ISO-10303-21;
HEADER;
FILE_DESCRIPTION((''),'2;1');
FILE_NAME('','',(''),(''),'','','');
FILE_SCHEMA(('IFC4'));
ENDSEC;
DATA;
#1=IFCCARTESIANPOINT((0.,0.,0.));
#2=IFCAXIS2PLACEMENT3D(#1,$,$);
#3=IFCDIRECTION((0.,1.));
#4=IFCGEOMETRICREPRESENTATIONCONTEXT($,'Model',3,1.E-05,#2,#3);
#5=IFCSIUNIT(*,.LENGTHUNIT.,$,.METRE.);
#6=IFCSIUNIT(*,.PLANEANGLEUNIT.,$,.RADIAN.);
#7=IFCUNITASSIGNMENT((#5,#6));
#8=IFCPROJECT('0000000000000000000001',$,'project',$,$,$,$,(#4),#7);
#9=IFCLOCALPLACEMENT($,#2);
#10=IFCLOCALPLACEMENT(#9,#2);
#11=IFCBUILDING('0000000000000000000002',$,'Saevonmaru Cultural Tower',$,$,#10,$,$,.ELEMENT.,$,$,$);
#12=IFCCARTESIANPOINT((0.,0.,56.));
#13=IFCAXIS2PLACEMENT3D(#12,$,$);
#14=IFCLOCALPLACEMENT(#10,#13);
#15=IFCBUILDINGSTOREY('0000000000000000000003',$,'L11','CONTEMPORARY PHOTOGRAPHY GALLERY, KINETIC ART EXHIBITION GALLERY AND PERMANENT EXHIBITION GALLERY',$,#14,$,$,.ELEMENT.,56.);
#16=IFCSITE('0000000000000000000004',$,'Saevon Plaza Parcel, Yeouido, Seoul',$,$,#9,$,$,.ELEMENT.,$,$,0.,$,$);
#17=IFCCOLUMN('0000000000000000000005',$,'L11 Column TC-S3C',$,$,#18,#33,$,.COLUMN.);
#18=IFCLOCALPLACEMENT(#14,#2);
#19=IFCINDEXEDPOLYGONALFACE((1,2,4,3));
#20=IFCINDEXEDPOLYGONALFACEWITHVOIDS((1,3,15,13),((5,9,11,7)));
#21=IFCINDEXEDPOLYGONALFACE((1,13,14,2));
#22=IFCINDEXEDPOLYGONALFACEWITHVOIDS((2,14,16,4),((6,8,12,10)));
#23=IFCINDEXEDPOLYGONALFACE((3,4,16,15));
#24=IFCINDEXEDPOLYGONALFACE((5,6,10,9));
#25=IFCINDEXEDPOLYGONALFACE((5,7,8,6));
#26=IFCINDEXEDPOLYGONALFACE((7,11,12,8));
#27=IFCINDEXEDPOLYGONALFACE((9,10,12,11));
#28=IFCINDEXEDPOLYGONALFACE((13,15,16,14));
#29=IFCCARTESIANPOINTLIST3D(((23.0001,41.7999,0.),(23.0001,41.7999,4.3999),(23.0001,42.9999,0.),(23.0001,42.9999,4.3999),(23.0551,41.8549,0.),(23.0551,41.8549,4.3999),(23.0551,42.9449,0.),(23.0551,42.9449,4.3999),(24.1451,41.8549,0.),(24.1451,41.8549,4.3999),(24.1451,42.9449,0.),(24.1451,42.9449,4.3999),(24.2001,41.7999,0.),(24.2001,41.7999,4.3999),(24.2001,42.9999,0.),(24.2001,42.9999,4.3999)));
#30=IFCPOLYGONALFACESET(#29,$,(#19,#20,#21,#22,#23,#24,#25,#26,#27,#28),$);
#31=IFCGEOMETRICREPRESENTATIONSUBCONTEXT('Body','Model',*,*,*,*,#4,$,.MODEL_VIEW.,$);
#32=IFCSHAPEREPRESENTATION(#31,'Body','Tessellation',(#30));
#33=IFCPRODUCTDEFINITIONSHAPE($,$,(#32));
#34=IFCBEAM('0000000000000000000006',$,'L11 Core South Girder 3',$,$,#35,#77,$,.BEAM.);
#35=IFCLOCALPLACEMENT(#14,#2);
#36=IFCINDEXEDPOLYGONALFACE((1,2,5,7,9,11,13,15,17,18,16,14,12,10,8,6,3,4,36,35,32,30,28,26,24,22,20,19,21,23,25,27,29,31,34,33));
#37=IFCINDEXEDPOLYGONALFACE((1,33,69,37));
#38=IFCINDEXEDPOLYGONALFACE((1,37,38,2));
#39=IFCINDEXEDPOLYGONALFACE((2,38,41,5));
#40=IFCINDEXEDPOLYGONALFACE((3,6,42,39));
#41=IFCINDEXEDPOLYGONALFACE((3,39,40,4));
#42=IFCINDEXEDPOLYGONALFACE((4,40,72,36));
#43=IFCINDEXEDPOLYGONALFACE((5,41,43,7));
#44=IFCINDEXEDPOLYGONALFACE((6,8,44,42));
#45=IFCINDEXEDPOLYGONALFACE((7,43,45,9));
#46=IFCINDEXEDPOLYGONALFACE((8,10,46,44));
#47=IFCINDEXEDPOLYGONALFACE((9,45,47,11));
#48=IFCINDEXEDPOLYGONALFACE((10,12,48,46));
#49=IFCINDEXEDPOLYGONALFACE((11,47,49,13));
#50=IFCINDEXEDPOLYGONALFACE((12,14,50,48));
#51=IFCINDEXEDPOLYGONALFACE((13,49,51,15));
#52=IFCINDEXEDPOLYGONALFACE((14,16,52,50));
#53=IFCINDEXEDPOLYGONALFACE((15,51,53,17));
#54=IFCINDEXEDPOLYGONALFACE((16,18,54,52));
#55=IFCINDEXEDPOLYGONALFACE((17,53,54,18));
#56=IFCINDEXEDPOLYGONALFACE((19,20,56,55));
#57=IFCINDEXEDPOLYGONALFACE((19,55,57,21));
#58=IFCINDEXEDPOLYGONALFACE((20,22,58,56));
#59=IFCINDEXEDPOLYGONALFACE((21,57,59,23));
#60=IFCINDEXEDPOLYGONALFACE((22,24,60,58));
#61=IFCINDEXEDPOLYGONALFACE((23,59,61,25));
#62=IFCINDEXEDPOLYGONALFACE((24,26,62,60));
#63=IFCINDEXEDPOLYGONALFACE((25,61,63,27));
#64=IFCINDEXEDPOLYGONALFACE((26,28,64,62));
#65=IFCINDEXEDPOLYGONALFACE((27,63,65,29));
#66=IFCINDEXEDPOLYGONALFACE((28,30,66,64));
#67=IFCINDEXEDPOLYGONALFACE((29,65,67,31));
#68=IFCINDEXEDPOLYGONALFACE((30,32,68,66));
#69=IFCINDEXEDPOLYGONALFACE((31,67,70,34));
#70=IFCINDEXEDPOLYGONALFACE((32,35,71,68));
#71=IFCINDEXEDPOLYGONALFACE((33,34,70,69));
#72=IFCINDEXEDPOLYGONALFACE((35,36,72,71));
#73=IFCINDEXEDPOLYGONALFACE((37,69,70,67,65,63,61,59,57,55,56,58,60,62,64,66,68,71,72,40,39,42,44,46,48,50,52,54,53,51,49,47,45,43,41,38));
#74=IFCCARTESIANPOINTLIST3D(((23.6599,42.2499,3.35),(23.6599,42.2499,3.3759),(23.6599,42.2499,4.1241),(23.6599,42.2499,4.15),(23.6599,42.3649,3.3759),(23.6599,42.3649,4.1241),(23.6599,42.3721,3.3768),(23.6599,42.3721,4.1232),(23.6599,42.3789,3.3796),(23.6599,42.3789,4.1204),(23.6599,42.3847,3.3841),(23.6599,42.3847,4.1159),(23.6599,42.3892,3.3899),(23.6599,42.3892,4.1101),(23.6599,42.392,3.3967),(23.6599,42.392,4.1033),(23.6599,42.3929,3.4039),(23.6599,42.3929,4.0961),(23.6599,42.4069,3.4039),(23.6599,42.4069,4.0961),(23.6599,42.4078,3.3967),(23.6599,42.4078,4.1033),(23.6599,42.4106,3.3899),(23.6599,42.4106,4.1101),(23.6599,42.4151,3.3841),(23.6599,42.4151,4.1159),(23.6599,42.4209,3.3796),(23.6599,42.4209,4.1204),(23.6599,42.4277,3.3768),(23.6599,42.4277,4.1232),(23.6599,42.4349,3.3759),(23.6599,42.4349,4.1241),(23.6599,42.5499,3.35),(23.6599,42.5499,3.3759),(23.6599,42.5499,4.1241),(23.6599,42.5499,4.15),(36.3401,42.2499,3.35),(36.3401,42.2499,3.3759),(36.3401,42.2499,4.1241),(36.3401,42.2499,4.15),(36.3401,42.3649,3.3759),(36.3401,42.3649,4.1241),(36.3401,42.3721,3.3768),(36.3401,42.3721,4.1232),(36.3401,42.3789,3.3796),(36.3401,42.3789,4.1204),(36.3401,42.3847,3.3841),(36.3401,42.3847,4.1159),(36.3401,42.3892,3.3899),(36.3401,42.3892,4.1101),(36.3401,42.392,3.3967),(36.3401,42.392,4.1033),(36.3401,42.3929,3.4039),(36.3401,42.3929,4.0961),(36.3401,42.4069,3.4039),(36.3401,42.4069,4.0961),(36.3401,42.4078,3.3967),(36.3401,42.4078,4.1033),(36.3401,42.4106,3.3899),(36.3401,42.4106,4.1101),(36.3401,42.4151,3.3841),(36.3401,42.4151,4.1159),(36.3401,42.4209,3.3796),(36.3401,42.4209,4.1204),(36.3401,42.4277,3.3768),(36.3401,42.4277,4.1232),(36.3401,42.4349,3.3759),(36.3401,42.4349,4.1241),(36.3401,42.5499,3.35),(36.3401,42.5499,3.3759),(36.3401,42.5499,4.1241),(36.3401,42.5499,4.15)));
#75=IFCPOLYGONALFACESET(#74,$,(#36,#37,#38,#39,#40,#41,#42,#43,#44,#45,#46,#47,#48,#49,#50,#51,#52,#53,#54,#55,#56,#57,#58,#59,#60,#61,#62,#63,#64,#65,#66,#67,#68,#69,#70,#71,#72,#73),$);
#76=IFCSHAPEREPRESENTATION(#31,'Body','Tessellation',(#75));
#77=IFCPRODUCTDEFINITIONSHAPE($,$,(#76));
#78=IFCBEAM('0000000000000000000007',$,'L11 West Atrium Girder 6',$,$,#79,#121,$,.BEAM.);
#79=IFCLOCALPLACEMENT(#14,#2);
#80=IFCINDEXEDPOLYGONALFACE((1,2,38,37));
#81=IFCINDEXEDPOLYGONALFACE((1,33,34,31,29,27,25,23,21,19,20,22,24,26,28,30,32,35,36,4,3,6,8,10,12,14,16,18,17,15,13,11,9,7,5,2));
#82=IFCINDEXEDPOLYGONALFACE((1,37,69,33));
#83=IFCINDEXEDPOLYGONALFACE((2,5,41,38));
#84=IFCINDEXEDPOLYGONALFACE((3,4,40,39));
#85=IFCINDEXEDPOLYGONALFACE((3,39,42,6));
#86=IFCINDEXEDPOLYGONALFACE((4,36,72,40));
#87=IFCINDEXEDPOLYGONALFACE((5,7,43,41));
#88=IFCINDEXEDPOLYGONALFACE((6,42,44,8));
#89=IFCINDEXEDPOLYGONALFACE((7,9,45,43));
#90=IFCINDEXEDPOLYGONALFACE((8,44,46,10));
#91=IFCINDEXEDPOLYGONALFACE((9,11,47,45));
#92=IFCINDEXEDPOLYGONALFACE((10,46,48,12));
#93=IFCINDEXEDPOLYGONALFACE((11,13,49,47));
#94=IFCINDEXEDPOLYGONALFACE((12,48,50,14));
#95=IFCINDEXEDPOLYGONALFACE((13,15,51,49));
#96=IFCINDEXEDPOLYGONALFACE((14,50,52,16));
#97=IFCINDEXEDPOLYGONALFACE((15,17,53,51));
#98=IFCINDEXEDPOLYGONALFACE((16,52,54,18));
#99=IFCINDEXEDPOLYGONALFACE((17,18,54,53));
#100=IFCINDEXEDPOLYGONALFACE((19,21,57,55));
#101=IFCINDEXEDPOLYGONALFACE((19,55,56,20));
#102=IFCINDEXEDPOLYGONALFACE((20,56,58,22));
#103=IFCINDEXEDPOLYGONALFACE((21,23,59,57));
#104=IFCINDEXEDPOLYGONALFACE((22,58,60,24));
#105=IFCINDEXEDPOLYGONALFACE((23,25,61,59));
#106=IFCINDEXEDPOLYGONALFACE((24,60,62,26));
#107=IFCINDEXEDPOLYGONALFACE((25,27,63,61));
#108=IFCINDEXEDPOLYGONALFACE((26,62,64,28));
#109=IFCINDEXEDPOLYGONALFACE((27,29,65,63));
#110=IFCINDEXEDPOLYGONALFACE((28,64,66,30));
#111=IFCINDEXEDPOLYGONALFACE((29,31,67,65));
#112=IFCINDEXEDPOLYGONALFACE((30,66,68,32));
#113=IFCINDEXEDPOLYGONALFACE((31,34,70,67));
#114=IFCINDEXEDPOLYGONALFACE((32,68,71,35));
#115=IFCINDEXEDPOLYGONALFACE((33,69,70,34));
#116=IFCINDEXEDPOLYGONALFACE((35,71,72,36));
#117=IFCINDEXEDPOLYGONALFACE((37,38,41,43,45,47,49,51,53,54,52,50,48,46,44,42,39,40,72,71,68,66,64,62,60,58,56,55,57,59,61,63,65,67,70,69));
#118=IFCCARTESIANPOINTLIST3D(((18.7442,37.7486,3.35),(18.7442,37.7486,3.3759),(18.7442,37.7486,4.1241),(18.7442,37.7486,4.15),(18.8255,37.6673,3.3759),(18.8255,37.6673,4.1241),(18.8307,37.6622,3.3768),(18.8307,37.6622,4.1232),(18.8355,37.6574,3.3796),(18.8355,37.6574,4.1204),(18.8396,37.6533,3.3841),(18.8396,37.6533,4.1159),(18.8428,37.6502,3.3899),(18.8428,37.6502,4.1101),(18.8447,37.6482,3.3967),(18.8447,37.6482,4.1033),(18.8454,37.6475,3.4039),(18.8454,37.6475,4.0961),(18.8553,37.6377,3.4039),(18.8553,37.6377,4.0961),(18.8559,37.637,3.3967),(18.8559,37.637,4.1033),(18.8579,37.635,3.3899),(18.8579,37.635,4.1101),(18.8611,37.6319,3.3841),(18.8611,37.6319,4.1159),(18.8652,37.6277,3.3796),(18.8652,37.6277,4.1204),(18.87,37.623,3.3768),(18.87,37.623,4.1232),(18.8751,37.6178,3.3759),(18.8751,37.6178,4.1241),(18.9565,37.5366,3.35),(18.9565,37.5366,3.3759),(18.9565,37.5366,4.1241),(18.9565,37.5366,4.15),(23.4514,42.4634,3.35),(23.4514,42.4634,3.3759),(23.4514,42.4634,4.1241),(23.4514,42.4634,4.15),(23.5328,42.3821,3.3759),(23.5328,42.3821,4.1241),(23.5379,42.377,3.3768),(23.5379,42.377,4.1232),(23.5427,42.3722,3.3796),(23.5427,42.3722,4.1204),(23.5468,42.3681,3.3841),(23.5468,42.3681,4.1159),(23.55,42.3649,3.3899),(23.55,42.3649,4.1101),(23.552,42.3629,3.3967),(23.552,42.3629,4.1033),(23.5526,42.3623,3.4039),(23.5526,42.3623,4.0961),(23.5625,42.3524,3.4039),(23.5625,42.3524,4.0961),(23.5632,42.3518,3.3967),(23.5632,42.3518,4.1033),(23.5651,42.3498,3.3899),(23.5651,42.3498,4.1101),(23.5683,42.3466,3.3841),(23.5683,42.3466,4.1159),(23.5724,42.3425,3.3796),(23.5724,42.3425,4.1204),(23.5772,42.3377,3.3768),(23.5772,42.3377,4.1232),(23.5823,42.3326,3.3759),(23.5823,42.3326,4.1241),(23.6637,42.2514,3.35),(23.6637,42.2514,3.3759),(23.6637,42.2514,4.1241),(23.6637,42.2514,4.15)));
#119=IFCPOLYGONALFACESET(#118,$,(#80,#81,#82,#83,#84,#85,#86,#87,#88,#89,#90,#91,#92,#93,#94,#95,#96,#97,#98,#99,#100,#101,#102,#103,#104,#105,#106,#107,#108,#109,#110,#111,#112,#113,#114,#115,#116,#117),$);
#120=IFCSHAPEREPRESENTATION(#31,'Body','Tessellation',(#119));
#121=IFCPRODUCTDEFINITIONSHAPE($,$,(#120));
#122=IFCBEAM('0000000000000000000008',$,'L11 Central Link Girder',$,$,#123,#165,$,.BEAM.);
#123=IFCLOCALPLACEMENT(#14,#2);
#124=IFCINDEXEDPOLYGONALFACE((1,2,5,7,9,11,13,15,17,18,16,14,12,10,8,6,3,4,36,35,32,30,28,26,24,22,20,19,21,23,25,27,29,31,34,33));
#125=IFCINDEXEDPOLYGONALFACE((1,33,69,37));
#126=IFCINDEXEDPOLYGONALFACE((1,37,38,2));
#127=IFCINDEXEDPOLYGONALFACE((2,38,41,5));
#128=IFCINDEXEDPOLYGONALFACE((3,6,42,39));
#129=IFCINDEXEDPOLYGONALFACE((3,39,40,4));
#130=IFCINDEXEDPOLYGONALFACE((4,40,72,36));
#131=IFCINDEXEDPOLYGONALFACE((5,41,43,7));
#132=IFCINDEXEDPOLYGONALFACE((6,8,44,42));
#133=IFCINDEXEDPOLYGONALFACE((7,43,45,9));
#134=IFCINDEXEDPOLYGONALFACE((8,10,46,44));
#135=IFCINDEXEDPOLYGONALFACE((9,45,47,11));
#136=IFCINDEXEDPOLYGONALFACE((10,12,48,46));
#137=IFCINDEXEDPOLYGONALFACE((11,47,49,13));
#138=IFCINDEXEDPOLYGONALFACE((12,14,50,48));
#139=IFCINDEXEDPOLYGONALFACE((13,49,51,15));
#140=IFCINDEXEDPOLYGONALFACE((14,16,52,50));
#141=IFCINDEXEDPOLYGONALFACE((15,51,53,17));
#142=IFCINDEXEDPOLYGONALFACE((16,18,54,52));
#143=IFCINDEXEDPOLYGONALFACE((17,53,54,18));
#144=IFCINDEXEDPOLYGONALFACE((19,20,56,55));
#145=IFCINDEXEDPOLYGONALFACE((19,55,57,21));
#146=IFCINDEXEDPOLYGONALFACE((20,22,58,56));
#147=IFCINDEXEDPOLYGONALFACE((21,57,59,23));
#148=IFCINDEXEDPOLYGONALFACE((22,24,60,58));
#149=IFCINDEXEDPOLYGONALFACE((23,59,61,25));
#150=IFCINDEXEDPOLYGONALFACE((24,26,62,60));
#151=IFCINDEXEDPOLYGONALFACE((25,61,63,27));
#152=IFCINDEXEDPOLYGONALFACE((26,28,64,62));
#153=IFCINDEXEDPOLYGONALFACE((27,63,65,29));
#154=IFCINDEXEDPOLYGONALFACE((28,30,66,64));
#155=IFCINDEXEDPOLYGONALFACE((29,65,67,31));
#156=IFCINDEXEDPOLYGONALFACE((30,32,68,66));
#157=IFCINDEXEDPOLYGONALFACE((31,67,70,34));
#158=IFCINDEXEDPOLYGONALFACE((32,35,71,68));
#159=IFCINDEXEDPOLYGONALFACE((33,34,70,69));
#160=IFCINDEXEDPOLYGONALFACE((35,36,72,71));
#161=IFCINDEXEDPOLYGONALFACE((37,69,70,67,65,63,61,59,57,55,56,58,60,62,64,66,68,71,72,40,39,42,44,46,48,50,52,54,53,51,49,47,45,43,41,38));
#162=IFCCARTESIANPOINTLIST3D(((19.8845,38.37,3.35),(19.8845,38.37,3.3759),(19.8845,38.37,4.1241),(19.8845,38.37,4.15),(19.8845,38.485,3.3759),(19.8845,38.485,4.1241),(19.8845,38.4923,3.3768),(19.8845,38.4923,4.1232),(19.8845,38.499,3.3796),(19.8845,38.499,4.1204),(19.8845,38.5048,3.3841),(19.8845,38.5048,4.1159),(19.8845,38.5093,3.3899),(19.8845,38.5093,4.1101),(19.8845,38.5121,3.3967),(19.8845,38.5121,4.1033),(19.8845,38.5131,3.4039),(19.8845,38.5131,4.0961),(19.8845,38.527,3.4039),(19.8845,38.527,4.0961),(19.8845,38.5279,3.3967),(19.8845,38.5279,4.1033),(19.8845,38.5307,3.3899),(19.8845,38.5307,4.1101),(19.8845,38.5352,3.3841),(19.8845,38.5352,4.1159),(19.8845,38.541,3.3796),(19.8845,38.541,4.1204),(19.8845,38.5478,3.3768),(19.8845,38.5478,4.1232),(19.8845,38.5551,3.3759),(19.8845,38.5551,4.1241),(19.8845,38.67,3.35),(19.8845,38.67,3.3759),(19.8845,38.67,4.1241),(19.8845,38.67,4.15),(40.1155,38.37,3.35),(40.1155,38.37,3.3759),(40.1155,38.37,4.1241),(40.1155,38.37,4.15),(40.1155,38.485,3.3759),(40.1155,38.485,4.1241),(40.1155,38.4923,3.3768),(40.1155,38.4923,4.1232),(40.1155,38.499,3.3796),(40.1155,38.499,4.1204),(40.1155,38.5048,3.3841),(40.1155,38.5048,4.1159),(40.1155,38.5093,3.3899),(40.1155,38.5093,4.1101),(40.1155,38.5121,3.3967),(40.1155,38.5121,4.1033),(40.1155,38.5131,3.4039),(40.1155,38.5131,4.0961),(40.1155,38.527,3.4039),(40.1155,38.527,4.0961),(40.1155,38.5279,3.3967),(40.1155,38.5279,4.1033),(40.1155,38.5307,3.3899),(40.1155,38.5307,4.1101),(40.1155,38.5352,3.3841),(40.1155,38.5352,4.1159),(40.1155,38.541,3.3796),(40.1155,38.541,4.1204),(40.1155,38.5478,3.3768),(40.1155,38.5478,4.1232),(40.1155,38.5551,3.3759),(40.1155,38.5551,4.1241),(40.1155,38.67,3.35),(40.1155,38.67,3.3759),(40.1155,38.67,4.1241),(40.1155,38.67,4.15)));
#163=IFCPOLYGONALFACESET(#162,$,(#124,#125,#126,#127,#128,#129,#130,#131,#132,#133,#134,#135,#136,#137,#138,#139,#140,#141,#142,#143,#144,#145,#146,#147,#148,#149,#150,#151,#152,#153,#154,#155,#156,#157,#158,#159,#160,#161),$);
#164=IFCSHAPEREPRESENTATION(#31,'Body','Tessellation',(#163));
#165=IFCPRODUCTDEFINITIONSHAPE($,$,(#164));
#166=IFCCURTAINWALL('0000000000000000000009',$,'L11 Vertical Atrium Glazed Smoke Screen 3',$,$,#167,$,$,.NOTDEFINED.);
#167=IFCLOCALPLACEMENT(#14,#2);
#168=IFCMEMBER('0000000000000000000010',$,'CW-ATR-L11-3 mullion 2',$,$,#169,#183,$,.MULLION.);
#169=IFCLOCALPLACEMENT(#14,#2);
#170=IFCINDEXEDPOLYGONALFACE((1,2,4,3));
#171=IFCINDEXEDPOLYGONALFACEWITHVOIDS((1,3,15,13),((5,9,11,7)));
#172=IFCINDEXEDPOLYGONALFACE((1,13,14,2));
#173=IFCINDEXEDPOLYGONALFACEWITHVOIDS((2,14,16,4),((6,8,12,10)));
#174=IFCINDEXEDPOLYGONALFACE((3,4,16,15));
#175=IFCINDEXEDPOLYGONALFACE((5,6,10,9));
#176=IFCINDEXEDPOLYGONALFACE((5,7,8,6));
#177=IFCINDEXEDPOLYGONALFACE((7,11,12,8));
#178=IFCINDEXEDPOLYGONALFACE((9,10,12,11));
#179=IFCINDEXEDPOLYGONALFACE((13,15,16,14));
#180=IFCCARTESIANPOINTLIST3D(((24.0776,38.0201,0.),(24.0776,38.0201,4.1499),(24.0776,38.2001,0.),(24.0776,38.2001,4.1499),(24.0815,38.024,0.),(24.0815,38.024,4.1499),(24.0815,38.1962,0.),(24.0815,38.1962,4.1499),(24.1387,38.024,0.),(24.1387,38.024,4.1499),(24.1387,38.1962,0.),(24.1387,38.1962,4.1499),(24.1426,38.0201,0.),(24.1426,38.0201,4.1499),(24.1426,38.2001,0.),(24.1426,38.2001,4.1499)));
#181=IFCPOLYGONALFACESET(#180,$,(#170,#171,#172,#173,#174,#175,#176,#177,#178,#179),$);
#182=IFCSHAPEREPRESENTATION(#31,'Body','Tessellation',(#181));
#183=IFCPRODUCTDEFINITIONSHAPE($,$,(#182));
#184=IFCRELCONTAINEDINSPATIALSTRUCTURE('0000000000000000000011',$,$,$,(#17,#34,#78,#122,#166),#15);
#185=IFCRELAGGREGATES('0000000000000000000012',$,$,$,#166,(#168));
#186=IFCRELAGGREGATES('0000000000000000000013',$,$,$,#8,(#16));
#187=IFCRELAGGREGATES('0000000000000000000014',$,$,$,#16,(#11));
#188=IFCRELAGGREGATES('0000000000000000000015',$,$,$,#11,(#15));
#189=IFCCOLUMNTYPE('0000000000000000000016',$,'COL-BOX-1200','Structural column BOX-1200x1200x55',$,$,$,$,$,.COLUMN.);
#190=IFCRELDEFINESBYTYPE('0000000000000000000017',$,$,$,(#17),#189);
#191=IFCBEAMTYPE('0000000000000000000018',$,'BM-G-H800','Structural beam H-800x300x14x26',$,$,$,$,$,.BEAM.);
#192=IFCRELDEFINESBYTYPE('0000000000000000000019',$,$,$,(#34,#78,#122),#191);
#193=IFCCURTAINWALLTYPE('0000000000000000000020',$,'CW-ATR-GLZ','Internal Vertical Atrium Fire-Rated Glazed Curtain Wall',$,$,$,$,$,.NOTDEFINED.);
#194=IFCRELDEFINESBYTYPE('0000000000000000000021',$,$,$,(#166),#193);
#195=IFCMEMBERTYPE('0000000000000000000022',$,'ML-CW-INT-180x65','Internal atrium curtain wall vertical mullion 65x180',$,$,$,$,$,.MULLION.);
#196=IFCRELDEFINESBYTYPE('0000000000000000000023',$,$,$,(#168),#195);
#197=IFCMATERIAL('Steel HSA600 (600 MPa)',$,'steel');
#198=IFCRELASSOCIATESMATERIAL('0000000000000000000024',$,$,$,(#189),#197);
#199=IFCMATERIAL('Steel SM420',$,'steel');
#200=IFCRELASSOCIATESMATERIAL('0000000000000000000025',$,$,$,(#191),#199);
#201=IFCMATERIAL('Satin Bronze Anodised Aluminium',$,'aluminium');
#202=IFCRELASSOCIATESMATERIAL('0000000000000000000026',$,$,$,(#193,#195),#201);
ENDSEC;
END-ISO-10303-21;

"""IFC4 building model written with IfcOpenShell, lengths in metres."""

from ifc_helpers import new_model, si_unit, direction, frame, origin, origin_2d, place, context, subcontext, project, spatial, hollow_rectangle, i_section, extrude, material, material_profile, profile_set, type_object, element, aggregate, save


model = new_model("IFC4")

# Units and contexts
model_context = context("Model", 3, precision=1e-05, world=origin(), true_north=direction((0.0, 1.0)))
body_context = subcontext(model_context, "Body", "Model", "MODEL_VIEW")
ifc_project = project(units=[si_unit("LENGTHUNIT", "METRE"), si_unit("PLANEANGLEUNIT", "RADIAN")], contexts=[model_context])

# Site, building, storey
site_placement = place(None, origin())
site = spatial("IfcSite", under=ifc_project, at=site_placement, Name="Saevon Plaza Parcel, Yeouido, Seoul", CompositionType="ELEMENT", RefElevation=0.0)
building_placement = place(site_placement, origin())
building = spatial("IfcBuilding", under=site, at=building_placement, Name="Saevonmaru Cultural Tower", CompositionType="ELEMENT")
storey_placement = place(building_placement, frame((0.0, 0.0, 56.0)))
storey = spatial("IfcBuildingStorey", under=building, at=storey_placement, Name="L11", Description="CONTEMPORARY PHOTOGRAPHY GALLERY, KINETIC ART EXHIBITION GALLERY AND PERMANENT EXHIBITION GALLERY", CompositionType="ELEMENT", Elevation=56.0)

# Column
ifc_material_1 = material(Name="Steel HSA600 (600 MPa)", Category="steel")
ifc_material_profile_1 = material_profile(ifc_material_1, hollow_rectangle(XDim=1.2, YDim=1.2, WallThickness=0.0549, at=origin_2d()), Name="BOX-1200x1200x55")
ifc_profile_set_1 = profile_set([ifc_material_profile_1], Name="Steel HSA600 (600 MPa)")
column_type = type_object("IfcColumnType", Name="COL-BOX-1200", Description="Structural column BOX-1200x1200x55", PredefinedType="COLUMN", material=ifc_profile_set_1)
column_placement = place(storey_placement, frame((23.6001, 42.3999, 0.0), z_axis=(0.0, 0.0, 1.0), x_axis=(1.0, 0.0, 0.0)))
element("IfcColumn", 1, at=column_placement, inside=storey, type_object=column_type, Name="L11 Column TC-S3C", PredefinedType="COLUMN", context=body_context, shape_type="SweptSolid", body=[
    extrude(hollow_rectangle(XDim=1.2, YDim=1.2, WallThickness=0.0549, at=origin_2d()), origin(), (0.0, 0.0, 1.0), 4.3999),
])

# Beams
ifc_material_2 = material(Name="Steel SM420", Category="steel")
ifc_material_profile_2 = material_profile(ifc_material_2, i_section(OverallWidth=0.3, OverallDepth=0.8, WebThickness=0.0139, FlangeThickness=0.0259, FilletRadius=0.0281, at=origin_2d()), Name="H-800x300x14x26")
ifc_profile_set_2 = profile_set([ifc_material_profile_2], Name="Steel SM420")
beam_type = type_object("IfcBeamType", Name="BM-G-H800", Description="Structural beam H-800x300x14x26", PredefinedType="BEAM", material=ifc_profile_set_2)
beam_1_placement = place(storey_placement, frame((23.6599, 42.3999, 3.75), z_axis=(1.0, 0.0, 0.0), x_axis=(0.0, 1.0, 0.0)))
element("IfcBeam", 2, at=beam_1_placement, inside=storey, type_object=beam_type, Name="L11 Core South Girder 3", PredefinedType="BEAM", context=body_context, shape_type="SweptSolid", body=[
    extrude(i_section(OverallWidth=0.3, OverallDepth=0.8, WebThickness=0.0139, FlangeThickness=0.0259, FilletRadius=0.0281, at=origin_2d()), origin(), (0.0, 0.0, 1.0), 12.6802),
])
beam_2_placement = place(storey_placement, frame((18.8503, 37.6426, 3.75), z_axis=(0.706539, 0.707675, 0.0), x_axis=(-0.707675, 0.706539, 0.0)))
element("IfcBeam", 3, at=beam_2_placement, inside=storey, type_object=beam_type, Name="L11 West Atrium Girder 6", PredefinedType="BEAM", context=body_context, shape_type="SweptSolid", body=[
    extrude(i_section(OverallWidth=0.3, OverallDepth=0.8, WebThickness=0.0139, FlangeThickness=0.0259, FilletRadius=0.0281, at=origin_2d()), origin(), (0.0, 0.0, 1.0), 6.6624),
])
beam_3_placement = place(storey_placement, frame((19.8845, 38.52, 3.75), z_axis=(1.0, 0.0, 0.0), x_axis=(0.0, 1.0, 0.0)))
element("IfcBeam", 4, at=beam_3_placement, inside=storey, type_object=beam_type, Name="L11 Central Link Girder", PredefinedType="BEAM", context=body_context, shape_type="SweptSolid", body=[
    extrude(i_section(OverallWidth=0.3, OverallDepth=0.8, WebThickness=0.0139, FlangeThickness=0.0259, FilletRadius=0.0281, at=origin_2d()), origin(), (0.0, 0.0, 1.0), 20.231),
])

# Curtain wall, member
ifc_material_3 = material(Name="Satin Bronze Anodised Aluminium", Category="aluminium")
curtain_wall_type = type_object("IfcCurtainWallType", Name="CW-ATR-GLZ", Description="Internal Vertical Atrium Fire-Rated Glazed Curtain Wall", PredefinedType="NOTDEFINED", material=ifc_material_3)
curtain_wall_1_placement = place(storey_placement, origin())
curtain_wall_1 = element("IfcCurtainWall", 5, at=curtain_wall_1_placement, inside=storey, type_object=curtain_wall_type, Name="L11 Vertical Atrium Glazed Smoke Screen 3", PredefinedType="NOTDEFINED")
ifc_material_profile_3 = material_profile(ifc_material_3, hollow_rectangle(XDim=0.0649, YDim=0.1799, WallThickness=0.0039, at=origin_2d()), Name="ALU-MULL-180x65x4")
ifc_profile_set_3 = profile_set([ifc_material_profile_3], Name="Satin Bronze Anodised Aluminium")
member_type_1 = type_object("IfcMemberType", Name="ML-CW-INT-180x65", Description="Internal atrium curtain wall vertical mullion 65x180", PredefinedType="MULLION", material=ifc_profile_set_3)
member_1_placement = place(storey_placement, frame((24.1101, 38.1101, 0.0), z_axis=(0.0, 0.0, 1.0), x_axis=(-1.0, 0.0, 0.0)))
member_1 = element("IfcMember", 6, at=member_1_placement, type_object=member_type_1, Name="CW-ATR-L11-3 mullion 2", PredefinedType="MULLION", context=body_context, shape_type="SweptSolid", body=[
    extrude(hollow_rectangle(XDim=0.0649, YDim=0.1799, WallThickness=0.0039, at=origin_2d()), origin(), (0.0, 0.0, 1.0), 4.1499),
])
aggregate(curtain_wall_1, [member_1])

save(model, "model.ifc")
